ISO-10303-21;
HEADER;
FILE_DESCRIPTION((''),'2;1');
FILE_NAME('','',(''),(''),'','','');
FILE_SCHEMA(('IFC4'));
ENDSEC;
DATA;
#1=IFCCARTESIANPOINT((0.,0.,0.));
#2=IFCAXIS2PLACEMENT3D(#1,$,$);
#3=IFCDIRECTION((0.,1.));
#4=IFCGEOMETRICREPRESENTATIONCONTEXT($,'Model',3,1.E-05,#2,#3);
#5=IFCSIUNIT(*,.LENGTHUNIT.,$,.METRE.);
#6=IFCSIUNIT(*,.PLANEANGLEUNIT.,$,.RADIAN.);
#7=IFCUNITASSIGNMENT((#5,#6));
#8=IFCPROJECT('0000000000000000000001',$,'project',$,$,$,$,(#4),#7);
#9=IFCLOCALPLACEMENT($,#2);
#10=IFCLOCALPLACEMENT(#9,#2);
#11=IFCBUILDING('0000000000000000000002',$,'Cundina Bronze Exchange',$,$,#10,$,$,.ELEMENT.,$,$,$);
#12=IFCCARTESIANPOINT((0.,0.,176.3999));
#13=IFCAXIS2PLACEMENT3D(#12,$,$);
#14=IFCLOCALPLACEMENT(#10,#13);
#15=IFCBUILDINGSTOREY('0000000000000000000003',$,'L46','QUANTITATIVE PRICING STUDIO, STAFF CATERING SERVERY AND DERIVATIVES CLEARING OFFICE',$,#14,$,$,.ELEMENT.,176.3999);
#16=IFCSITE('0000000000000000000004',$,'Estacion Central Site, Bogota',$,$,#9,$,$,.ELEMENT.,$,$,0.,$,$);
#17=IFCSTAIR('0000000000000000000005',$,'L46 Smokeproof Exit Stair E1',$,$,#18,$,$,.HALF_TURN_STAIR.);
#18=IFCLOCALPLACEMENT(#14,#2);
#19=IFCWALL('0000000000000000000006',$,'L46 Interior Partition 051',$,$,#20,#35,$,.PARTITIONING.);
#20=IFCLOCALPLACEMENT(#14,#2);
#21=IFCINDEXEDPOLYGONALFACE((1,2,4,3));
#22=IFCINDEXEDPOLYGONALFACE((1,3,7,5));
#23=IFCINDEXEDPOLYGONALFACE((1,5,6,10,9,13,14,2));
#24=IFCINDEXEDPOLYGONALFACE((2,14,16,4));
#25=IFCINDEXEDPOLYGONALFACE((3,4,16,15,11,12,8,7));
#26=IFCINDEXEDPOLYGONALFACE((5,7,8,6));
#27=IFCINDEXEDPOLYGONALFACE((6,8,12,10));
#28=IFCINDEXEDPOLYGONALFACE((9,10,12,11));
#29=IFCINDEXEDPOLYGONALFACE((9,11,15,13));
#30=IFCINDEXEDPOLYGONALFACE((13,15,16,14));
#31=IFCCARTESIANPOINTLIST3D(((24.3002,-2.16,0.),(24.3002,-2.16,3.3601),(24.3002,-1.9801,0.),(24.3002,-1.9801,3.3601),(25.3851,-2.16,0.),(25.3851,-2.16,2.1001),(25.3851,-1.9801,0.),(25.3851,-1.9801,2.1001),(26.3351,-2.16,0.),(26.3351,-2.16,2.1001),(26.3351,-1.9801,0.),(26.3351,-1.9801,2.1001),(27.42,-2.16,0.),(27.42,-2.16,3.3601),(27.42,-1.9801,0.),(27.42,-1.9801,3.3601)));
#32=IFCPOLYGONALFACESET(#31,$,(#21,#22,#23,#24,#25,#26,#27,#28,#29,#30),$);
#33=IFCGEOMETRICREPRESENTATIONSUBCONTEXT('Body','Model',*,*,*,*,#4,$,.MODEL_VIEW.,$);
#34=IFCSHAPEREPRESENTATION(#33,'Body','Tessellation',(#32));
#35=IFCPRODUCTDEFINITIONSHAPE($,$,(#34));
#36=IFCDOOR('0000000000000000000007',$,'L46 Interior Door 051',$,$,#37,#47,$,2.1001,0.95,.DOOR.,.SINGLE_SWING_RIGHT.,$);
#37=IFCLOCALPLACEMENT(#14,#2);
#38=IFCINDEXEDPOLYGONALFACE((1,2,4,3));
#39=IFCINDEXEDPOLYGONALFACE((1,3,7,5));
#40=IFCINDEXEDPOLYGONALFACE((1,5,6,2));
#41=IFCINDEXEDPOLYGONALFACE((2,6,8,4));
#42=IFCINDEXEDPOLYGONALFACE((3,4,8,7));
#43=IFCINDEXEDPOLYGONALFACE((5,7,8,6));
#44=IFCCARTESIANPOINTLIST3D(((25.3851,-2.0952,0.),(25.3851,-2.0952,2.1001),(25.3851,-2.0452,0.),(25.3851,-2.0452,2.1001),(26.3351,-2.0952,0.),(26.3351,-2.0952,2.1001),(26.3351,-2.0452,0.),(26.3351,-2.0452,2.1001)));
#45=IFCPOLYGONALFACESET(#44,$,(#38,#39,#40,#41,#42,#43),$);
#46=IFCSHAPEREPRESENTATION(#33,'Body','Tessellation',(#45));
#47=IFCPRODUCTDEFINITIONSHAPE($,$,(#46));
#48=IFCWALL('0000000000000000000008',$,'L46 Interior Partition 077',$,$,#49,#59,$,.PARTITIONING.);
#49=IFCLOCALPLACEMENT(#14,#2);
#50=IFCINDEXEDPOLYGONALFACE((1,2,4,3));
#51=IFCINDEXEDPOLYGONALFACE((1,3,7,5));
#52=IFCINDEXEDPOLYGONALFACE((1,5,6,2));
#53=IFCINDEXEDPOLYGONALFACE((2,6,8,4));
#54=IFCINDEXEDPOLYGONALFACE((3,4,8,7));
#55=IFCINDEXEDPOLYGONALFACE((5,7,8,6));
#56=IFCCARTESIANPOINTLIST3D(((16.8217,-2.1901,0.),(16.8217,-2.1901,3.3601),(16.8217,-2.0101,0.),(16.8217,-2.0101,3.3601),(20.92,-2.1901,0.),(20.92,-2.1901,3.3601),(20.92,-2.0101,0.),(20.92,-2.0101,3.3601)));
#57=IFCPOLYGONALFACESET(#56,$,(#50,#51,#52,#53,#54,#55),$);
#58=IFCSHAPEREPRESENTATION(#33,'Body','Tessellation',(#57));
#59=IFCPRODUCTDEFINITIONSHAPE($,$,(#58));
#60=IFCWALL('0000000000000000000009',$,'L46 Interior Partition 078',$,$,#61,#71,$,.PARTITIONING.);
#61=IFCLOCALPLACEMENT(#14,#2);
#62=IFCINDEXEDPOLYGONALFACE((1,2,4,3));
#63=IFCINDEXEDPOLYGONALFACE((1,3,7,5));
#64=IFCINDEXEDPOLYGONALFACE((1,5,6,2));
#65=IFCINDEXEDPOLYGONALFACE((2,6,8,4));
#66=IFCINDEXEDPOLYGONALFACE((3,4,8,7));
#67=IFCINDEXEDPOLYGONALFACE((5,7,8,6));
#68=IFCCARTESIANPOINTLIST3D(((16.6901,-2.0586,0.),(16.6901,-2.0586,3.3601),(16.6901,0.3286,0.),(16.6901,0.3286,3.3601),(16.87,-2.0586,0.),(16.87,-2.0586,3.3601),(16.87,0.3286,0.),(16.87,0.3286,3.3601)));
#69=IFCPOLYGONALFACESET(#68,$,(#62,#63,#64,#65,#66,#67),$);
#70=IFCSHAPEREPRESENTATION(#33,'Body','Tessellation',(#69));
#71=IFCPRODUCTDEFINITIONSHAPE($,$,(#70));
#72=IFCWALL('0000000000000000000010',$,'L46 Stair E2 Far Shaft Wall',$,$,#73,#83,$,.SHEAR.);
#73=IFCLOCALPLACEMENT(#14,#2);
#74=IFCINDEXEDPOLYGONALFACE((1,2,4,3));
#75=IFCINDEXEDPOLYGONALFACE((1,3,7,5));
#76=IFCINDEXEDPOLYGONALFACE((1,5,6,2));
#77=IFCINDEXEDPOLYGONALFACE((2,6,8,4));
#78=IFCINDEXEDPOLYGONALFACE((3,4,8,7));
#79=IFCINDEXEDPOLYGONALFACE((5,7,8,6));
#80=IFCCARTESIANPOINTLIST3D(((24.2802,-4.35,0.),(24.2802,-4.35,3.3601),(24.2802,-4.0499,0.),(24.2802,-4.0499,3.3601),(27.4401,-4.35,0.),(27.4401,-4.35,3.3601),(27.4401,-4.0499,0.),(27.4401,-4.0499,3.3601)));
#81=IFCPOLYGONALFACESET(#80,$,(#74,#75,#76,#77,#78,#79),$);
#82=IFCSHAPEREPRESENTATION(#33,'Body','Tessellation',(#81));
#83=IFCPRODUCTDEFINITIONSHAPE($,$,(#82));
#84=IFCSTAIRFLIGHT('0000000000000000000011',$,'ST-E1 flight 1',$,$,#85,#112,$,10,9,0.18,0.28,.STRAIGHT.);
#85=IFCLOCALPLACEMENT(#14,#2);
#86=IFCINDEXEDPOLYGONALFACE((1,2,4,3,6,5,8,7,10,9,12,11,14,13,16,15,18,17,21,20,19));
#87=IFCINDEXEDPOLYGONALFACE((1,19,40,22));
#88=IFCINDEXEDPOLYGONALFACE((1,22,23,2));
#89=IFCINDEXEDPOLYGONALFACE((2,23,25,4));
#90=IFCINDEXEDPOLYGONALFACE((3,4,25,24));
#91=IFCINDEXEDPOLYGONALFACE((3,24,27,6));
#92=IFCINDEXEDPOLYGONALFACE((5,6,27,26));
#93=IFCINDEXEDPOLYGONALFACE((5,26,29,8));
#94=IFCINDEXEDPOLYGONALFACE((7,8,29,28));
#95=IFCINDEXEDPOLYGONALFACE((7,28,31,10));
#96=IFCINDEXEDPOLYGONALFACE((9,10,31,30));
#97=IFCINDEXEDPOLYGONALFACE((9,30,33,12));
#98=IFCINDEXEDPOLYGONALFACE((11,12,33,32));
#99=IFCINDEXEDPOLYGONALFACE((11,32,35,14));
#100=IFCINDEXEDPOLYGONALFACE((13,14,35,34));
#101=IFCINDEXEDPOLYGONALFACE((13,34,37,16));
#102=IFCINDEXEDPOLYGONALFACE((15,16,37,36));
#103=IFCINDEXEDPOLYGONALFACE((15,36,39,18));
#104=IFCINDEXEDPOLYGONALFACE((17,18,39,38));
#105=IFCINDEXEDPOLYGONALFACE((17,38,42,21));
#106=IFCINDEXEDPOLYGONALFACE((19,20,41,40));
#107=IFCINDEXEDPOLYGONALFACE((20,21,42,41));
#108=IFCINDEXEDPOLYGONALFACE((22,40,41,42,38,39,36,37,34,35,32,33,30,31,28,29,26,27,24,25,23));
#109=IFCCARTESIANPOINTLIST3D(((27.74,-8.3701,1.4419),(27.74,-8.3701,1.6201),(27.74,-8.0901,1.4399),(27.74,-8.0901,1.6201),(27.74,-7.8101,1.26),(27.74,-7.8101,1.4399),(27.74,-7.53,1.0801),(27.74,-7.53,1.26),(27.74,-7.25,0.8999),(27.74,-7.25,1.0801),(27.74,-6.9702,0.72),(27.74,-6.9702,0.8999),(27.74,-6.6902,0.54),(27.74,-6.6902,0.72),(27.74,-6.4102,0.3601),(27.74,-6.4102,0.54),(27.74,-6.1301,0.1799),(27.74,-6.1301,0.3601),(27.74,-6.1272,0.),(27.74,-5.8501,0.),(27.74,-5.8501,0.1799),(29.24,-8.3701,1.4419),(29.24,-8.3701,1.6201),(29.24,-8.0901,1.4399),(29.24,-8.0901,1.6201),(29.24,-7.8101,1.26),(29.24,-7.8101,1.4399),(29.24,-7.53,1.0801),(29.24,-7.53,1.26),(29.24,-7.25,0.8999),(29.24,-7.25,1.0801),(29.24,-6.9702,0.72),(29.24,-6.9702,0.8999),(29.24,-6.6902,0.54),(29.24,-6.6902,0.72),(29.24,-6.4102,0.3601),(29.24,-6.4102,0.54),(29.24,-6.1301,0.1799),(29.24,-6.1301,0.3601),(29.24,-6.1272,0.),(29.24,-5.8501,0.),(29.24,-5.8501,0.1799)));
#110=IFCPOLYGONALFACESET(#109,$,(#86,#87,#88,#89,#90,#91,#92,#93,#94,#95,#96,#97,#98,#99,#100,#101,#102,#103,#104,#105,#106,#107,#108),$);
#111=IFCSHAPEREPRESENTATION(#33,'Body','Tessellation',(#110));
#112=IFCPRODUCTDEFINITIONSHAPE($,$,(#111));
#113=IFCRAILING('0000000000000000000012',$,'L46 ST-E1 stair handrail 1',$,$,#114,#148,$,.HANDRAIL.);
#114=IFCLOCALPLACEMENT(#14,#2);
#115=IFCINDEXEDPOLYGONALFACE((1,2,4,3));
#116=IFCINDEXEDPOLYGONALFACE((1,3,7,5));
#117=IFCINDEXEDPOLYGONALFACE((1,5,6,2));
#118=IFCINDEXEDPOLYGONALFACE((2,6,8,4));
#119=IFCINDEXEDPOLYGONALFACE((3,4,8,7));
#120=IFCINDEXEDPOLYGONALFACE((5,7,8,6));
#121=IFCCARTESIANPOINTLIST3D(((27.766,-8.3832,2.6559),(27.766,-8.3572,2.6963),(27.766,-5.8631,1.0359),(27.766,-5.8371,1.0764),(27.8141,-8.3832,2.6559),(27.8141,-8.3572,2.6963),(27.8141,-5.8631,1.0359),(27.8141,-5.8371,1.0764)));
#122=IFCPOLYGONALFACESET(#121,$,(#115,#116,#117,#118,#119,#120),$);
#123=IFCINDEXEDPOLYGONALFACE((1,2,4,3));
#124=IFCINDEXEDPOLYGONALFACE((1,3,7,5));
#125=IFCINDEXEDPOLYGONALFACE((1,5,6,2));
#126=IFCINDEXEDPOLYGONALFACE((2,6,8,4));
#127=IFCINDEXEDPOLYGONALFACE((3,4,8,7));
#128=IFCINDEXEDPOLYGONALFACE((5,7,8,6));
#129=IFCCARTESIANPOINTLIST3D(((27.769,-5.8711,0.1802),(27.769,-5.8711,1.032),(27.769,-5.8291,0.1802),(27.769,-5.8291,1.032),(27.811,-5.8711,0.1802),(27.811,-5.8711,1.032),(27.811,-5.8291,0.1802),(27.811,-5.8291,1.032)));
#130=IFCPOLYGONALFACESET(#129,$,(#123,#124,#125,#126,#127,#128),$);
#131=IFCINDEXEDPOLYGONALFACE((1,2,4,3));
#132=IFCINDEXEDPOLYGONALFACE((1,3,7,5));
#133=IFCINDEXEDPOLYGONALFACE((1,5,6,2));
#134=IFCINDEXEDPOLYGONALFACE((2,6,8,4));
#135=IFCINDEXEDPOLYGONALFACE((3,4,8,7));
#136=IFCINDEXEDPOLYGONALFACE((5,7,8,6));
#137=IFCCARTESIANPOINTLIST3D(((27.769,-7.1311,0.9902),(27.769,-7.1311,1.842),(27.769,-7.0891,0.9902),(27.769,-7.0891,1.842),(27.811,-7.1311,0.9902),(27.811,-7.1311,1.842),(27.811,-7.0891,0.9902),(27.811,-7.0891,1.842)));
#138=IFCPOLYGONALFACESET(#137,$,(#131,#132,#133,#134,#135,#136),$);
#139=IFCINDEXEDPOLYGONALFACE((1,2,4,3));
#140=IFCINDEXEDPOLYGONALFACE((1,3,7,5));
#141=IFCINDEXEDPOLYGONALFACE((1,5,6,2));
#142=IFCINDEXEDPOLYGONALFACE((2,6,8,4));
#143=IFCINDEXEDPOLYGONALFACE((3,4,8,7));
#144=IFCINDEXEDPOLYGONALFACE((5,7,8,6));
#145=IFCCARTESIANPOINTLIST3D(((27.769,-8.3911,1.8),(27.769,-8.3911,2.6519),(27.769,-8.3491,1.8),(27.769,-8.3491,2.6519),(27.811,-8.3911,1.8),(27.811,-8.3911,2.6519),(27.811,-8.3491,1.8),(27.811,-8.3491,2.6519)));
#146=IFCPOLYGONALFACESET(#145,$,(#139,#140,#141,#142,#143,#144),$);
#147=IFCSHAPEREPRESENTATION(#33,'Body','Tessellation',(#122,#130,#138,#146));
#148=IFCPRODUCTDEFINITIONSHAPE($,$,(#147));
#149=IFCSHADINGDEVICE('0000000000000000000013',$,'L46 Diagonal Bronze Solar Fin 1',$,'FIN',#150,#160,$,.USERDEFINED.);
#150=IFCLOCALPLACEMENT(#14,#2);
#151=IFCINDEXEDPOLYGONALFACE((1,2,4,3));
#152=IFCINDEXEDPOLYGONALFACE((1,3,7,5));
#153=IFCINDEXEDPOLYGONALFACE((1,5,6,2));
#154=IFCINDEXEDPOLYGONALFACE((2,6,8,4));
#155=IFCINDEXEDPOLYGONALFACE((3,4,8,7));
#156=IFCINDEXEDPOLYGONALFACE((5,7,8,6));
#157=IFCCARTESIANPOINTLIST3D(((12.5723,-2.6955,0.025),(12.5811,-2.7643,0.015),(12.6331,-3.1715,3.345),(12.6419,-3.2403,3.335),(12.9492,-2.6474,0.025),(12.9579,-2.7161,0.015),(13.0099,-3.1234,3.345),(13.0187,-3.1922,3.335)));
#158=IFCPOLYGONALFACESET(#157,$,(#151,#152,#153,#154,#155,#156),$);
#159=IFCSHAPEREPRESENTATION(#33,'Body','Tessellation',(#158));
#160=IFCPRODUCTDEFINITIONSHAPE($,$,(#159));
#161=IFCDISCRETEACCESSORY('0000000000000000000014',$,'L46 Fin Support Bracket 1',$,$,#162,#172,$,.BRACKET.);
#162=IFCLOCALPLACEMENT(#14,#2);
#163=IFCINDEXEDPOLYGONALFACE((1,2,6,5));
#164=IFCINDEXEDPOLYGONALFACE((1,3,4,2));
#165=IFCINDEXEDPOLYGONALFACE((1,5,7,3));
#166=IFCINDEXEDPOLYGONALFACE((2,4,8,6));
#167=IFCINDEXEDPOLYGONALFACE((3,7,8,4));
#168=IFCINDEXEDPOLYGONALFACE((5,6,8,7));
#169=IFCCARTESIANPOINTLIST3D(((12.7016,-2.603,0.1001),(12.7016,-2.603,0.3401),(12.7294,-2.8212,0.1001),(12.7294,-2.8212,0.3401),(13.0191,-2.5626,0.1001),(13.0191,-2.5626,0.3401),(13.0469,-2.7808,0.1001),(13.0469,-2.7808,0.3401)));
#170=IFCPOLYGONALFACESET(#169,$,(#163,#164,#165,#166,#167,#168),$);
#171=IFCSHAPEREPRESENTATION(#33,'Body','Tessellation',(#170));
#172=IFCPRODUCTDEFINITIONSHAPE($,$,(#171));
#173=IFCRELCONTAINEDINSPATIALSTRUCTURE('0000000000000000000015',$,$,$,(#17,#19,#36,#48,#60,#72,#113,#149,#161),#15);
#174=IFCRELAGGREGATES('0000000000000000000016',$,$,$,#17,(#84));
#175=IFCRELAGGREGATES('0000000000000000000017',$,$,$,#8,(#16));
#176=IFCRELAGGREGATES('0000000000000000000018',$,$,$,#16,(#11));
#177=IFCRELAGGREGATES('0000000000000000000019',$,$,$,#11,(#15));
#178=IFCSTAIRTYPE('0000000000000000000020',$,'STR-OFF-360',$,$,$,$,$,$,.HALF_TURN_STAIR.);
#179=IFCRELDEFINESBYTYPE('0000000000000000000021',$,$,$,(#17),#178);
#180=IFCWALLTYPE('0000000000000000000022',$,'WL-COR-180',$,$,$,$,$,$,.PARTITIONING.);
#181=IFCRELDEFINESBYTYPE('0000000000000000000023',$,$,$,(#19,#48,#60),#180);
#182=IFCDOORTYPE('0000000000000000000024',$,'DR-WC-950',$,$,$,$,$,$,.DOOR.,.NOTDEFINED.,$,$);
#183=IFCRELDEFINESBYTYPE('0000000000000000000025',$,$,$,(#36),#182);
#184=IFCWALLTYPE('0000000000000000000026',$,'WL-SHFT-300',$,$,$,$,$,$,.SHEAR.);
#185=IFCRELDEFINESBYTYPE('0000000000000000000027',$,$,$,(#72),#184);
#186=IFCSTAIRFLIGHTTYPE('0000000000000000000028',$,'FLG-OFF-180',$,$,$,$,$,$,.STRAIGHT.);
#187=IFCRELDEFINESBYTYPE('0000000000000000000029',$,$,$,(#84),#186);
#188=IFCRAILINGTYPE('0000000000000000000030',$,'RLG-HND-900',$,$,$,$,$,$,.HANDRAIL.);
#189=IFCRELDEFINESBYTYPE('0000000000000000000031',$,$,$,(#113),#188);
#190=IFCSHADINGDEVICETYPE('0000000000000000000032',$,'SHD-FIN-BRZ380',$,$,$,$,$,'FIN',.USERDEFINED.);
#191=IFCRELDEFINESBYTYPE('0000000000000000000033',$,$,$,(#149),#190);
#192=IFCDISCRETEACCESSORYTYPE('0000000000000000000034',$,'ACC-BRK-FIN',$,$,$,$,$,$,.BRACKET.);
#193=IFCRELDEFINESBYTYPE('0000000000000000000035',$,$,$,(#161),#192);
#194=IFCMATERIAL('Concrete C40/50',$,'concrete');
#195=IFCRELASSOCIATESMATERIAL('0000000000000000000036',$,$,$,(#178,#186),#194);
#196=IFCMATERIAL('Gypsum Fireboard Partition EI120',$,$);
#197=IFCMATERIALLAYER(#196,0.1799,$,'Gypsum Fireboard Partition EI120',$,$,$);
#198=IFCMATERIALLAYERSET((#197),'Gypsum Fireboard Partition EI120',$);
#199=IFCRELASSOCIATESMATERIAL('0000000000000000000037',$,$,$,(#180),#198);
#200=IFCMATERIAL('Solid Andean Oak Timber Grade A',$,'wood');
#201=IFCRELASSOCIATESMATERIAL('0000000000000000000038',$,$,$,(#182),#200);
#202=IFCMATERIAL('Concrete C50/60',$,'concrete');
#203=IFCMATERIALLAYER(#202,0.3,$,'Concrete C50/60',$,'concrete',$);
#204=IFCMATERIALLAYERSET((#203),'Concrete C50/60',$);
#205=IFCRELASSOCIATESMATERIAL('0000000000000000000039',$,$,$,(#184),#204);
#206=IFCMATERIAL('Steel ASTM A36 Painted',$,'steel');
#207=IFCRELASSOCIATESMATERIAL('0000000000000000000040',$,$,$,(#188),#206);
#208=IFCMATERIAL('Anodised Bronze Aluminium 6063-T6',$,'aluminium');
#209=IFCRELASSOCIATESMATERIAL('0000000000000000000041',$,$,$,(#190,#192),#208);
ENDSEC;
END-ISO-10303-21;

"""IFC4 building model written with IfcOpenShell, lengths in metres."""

from ifc_helpers import new_model, si_unit, direction, frame, frame_2d, origin, origin_2d, place, context, subcontext, project, spatial, polyline, rectangle, outline, extrude, material, layer, layer_set, material_profile, profile_set, type_object, element, fill, aggregate, save


model = new_model("IFC4")

# Units and contexts
model_context = context("Model", 3, precision=1e-05, world=origin(), true_north=direction((0.0, 1.0)))
body_context = subcontext(model_context, "Body", "Model", "MODEL_VIEW")
ifc_project = project(units=[si_unit("LENGTHUNIT", "METRE"), si_unit("PLANEANGLEUNIT", "RADIAN")], contexts=[model_context])

# Site, building, storey
site_placement = place(None, origin())
site = spatial("IfcSite", under=ifc_project, at=site_placement, Name="Estacion Central Site, Bogota", CompositionType="ELEMENT", RefElevation=0.0)
building_placement = place(site_placement, origin())
building = spatial("IfcBuilding", under=site, at=building_placement, Name="Cundina Bronze Exchange", CompositionType="ELEMENT")
storey_placement = place(building_placement, frame((0.0, 0.0, 176.3999)))
storey = spatial("IfcBuildingStorey", under=building, at=storey_placement, Name="L46", Description="QUANTITATIVE PRICING STUDIO, STAFF CATERING SERVERY AND DERIVATIVES CLEARING OFFICE", CompositionType="ELEMENT", Elevation=176.3999)

# Shared definitions
ifc_material_1 = material(Name="Concrete C50/60", Category="concrete")

# Shared definitions
ifc_material_2 = material(Name="Anodised Bronze Aluminium 6063-T6", Category="aluminium")

# Stair
ifc_material_3 = material(Name="Concrete C40/50", Category="concrete")
stair_type = type_object("IfcStairType", Name="STR-OFF-360", PredefinedType="HALF_TURN_STAIR", material=ifc_material_3)
stair_1_placement = place(storey_placement, origin())
stair_1 = element("IfcStair", 1, at=stair_1_placement, inside=storey, type_object=stair_type, Name="L46 Smokeproof Exit Stair E1", PredefinedType="HALF_TURN_STAIR")

# Wall, opening, door
ifc_material_4 = material(Name="Gypsum Fireboard Partition EI120")
ifc_layer_1 = layer(ifc_material_4, 0.1799, Name="Gypsum Fireboard Partition EI120")
ifc_layer_set_1 = layer_set([ifc_layer_1], Name="Gypsum Fireboard Partition EI120")
wall_type_1 = type_object("IfcWallType", Name="WL-COR-180", PredefinedType="PARTITIONING", material=ifc_layer_set_1)
ifc_material_5 = material(Name="Steel ASTM A36 Painted", Category="steel")
wall_1_placement = place(storey_placement, frame((24.3, -2.0701, 0.0), z_axis=(0.0, 0.0, 1.0), x_axis=(1.0, 0.0, 0.0)))
wall_1 = element("IfcWall", 2, at=wall_1_placement, inside=storey, type_object=wall_type_1, Name="L46 Interior Partition 051", PredefinedType="PARTITIONING", context=body_context, shape_type="SweptSolid", body=[
    extrude(rectangle(XDim=3.1199, YDim=0.1799, at=frame_2d((1.5601, 0.0))), origin(), (0.0, 0.0, 1.0), 3.3601),
])
opening_1_placement = place(wall_1_placement, frame((1.085, 0.0, 0.0)))
opening_1 = element("IfcOpeningElement", 3, at=opening_1_placement, cuts=wall_1, PredefinedType="OPENING", context=body_context, shape_type="SweptSolid", body=[
    extrude(rectangle(XDim=0.95, YDim=2.1001, at=frame_2d((0.4751, 1.05))), frame((0.0, 0.0999, 0.0), z_axis=(0.0, -1.0, 0.0), x_axis=(1.0, 0.0, 0.0)), (0.0, 0.0, 1.0), 0.2),
])
ifc_material_6 = material(Name="Solid Andean Oak Timber Grade A", Category="wood")
door_type_1 = type_object("IfcDoorType", Name="DR-WC-950", OperationType="NOTDEFINED", PredefinedType="DOOR", material=ifc_material_6)
door_1_placement = place(opening_1_placement, origin())
door_1 = element("IfcDoor", 4, at=door_1_placement, inside=storey, type_object=door_type_1, Name="L46 Interior Door 051", OperationType="SINGLE_SWING_RIGHT", OverallHeight=2.1001, OverallWidth=0.95, PredefinedType="DOOR", context=body_context, shape_type="SweptSolid", body=[
    extrude(rectangle(XDim=0.95, YDim=2.1001, at=frame_2d((0.4751, 1.05))), frame((0.0, 0.0249, 0.0), z_axis=(0.0, -1.0, 0.0), x_axis=(1.0, 0.0, 0.0)), (0.0, 0.0, 1.0), 0.05),
])
fill(opening_1, door_1)

# Walls
wall_2_placement = place(storey_placement, frame((16.8215, -2.1001, 0.0), z_axis=(0.0, 0.0, 1.0), x_axis=(1.0, 0.0, 0.0)))
element("IfcWall", 5, at=wall_2_placement, inside=storey, type_object=wall_type_1, Name="L46 Interior Partition 077", PredefinedType="PARTITIONING", context=body_context, shape_type="SweptSolid", body=[
    extrude(rectangle(XDim=4.0984, YDim=0.1799, at=frame_2d((2.0493, 0.0))), origin(), (0.0, 0.0, 1.0), 3.3601),
])
wall_3_placement = place(storey_placement, frame((16.78, 0.3286, 0.0), z_axis=(0.0, 0.0, 1.0), x_axis=(0.0, -1.0, 0.0)))
element("IfcWall", 6, at=wall_3_placement, inside=storey, type_object=wall_type_1, Name="L46 Interior Partition 078", PredefinedType="PARTITIONING", context=body_context, shape_type="SweptSolid", body=[
    extrude(rectangle(XDim=2.3872, YDim=0.1799, at=frame_2d((1.1936, 0.0))), origin(), (0.0, 0.0, 1.0), 3.3601),
])

# Shared definitions
ifc_layer_2 = layer(ifc_material_1, 0.3, Name="Concrete C50/60", Category="concrete")
ifc_layer_set_2 = layer_set([ifc_layer_2], Name="Concrete C50/60")
wall_type_2 = type_object("IfcWallType", Name="WL-SHFT-300", PredefinedType="SHEAR", material=ifc_layer_set_2)

# Wall
wall_4_placement = place(storey_placement, frame((24.28, -4.2, 0.0), z_axis=(0.0, 0.0, 1.0), x_axis=(1.0, 0.0, 0.0)))
element("IfcWall", 7, at=wall_4_placement, inside=storey, type_object=wall_type_2, Name="L46 Stair E2 Far Shaft Wall", PredefinedType="SHEAR", context=body_context, shape_type="SweptSolid", body=[
    extrude(rectangle(XDim=3.1599, YDim=0.3, at=frame_2d((1.5801, 0.0))), origin(), (0.0, 0.0, 1.0), 3.3601),
])

# Stair flight
stair_flight_type = type_object("IfcStairFlightType", Name="FLG-OFF-180", PredefinedType="STRAIGHT", material=ifc_material_3)
stair_flight_placement = place(storey_placement, frame((28.49, -5.8501, 0.0), z_axis=(0.0, 0.0, 1.0), x_axis=(0.0, -1.0, 0.0)))
stair_flight = element("IfcStairFlight", 8, at=stair_flight_placement, type_object=stair_flight_type, Name="ST-E1 flight 1", NumberOfRisers=10, NumberOfTreads=9, PredefinedType="STRAIGHT", RiserHeight=0.18, TreadLength=0.28, context=body_context, shape_type="SweptSolid", body=[
    extrude(outline(polyline([(0.0, 0.0), (0.0, 0.1799), (0.28, 0.1799), (0.28, 0.3601), (0.5601, 0.3601), (0.5601, 0.54), (0.8401, 0.54), (0.8401, 0.72), (1.1201, 0.72), (1.1201, 0.8999), (1.3999, 0.8999), (1.3999, 1.0801), (1.6799, 1.0801), (1.6799, 1.26), (1.96, 1.26), (1.96, 1.4399), (2.24, 1.4399), (2.24, 1.6201), (2.52, 1.6201), (2.52, 1.8), (2.52, 1.4419), (0.2771, 0.0), (0.0, 0.0)])), frame((0.0, 0.75, 0.0), z_axis=(0.0, -1.0, 0.0), x_axis=(1.0, 0.0, 0.0)), (0.0, 0.0, 1.0), 1.5),
])
aggregate(stair_1, [stair_flight])

# Railing
railing_type = type_object("IfcRailingType", Name="RLG-HND-900", PredefinedType="HANDRAIL", material=ifc_material_5)
railing_placement = place(storey_placement, frame((27.79, -5.8501, 0.1802)))
element("IfcRailing", 9, at=railing_placement, inside=storey, type_object=railing_type, Name="L46 ST-E1 stair handrail 1", PredefinedType="HANDRAIL", context=body_context, shape_type="SweptSolid", body=[
    extrude(rectangle(XDim=0.0481, YDim=0.0481, at=origin_2d()), frame((0.0, 0.0, 0.876), z_axis=(0.0, -0.8412, 0.540725), x_axis=(1.0, 0.0, 0.0)), (0.0, 0.0, 1.0), 2.9958),
    extrude(rectangle(XDim=0.042, YDim=0.042, at=origin_2d()), origin(), (0.0, 0.0, 1.0), 0.8518),
    extrude(rectangle(XDim=0.042, YDim=0.042, at=origin_2d()), frame((0.0, -1.26, 0.8101)), (0.0, 0.0, 1.0), 0.8518),
    extrude(rectangle(XDim=0.042, YDim=0.042, at=origin_2d()), frame((0.0, -2.52, 1.6199)), (0.0, 0.0, 1.0), 0.8518),
])

# Shading device
ifc_material_profile_1 = material_profile(ifc_material_2, rectangle(XDim=0.0701, YDim=0.3799, at=origin_2d()), Name="FIN70X380", Category="aluminium")
ifc_profile_set_1 = profile_set([ifc_material_profile_1], Name="Anodised Bronze Aluminium 6063-T6")
shading_device_type = type_object("IfcShadingDeviceType", Name="SHD-FIN-BRZ380", ElementType="FIN", PredefinedType="USERDEFINED", material=ifc_profile_set_1)
shading_device_placement = place(storey_placement, frame((12.7651, -2.7058, 0.02), z_axis=(0.018122, -0.141918, 0.989713), x_axis=(-0.125361, 0.981741, 0.14307)))
element("IfcShadingDevice", 10, at=shading_device_placement, inside=storey, type_object=shading_device_type, Name="L46 Diagonal Bronze Solar Fin 1", ObjectType="FIN", PredefinedType="USERDEFINED", context=body_context, shape_type="SweptSolid", body=[
    extrude(rectangle(XDim=0.0701, YDim=0.3799, at=origin_2d()), origin(), (0.0, 0.0, 1.0), 3.3545),
])

# Discrete accessory
discrete_accessory_type = type_object("IfcDiscreteAccessoryType", Name="ACC-BRK-FIN", PredefinedType="BRACKET", material=ifc_material_2)
discrete_accessory_placement = place(storey_placement, frame((12.8743, -2.6919, 0.1001), z_axis=(0.0, 0.0, 1.0), x_axis=(0.126476, -0.99197, 0.0)))
element("IfcDiscreteAccessory", 11, at=discrete_accessory_placement, inside=storey, type_object=discrete_accessory_type, Name="L46 Fin Support Bracket 1", PredefinedType="BRACKET", context=body_context, shape_type="SweptSolid", body=[
    extrude(rectangle(XDim=0.22, YDim=0.3201, at=origin_2d()), origin(), (0.0, 0.0, 1.0), 0.24),
])

save(model, "model.ifc")
